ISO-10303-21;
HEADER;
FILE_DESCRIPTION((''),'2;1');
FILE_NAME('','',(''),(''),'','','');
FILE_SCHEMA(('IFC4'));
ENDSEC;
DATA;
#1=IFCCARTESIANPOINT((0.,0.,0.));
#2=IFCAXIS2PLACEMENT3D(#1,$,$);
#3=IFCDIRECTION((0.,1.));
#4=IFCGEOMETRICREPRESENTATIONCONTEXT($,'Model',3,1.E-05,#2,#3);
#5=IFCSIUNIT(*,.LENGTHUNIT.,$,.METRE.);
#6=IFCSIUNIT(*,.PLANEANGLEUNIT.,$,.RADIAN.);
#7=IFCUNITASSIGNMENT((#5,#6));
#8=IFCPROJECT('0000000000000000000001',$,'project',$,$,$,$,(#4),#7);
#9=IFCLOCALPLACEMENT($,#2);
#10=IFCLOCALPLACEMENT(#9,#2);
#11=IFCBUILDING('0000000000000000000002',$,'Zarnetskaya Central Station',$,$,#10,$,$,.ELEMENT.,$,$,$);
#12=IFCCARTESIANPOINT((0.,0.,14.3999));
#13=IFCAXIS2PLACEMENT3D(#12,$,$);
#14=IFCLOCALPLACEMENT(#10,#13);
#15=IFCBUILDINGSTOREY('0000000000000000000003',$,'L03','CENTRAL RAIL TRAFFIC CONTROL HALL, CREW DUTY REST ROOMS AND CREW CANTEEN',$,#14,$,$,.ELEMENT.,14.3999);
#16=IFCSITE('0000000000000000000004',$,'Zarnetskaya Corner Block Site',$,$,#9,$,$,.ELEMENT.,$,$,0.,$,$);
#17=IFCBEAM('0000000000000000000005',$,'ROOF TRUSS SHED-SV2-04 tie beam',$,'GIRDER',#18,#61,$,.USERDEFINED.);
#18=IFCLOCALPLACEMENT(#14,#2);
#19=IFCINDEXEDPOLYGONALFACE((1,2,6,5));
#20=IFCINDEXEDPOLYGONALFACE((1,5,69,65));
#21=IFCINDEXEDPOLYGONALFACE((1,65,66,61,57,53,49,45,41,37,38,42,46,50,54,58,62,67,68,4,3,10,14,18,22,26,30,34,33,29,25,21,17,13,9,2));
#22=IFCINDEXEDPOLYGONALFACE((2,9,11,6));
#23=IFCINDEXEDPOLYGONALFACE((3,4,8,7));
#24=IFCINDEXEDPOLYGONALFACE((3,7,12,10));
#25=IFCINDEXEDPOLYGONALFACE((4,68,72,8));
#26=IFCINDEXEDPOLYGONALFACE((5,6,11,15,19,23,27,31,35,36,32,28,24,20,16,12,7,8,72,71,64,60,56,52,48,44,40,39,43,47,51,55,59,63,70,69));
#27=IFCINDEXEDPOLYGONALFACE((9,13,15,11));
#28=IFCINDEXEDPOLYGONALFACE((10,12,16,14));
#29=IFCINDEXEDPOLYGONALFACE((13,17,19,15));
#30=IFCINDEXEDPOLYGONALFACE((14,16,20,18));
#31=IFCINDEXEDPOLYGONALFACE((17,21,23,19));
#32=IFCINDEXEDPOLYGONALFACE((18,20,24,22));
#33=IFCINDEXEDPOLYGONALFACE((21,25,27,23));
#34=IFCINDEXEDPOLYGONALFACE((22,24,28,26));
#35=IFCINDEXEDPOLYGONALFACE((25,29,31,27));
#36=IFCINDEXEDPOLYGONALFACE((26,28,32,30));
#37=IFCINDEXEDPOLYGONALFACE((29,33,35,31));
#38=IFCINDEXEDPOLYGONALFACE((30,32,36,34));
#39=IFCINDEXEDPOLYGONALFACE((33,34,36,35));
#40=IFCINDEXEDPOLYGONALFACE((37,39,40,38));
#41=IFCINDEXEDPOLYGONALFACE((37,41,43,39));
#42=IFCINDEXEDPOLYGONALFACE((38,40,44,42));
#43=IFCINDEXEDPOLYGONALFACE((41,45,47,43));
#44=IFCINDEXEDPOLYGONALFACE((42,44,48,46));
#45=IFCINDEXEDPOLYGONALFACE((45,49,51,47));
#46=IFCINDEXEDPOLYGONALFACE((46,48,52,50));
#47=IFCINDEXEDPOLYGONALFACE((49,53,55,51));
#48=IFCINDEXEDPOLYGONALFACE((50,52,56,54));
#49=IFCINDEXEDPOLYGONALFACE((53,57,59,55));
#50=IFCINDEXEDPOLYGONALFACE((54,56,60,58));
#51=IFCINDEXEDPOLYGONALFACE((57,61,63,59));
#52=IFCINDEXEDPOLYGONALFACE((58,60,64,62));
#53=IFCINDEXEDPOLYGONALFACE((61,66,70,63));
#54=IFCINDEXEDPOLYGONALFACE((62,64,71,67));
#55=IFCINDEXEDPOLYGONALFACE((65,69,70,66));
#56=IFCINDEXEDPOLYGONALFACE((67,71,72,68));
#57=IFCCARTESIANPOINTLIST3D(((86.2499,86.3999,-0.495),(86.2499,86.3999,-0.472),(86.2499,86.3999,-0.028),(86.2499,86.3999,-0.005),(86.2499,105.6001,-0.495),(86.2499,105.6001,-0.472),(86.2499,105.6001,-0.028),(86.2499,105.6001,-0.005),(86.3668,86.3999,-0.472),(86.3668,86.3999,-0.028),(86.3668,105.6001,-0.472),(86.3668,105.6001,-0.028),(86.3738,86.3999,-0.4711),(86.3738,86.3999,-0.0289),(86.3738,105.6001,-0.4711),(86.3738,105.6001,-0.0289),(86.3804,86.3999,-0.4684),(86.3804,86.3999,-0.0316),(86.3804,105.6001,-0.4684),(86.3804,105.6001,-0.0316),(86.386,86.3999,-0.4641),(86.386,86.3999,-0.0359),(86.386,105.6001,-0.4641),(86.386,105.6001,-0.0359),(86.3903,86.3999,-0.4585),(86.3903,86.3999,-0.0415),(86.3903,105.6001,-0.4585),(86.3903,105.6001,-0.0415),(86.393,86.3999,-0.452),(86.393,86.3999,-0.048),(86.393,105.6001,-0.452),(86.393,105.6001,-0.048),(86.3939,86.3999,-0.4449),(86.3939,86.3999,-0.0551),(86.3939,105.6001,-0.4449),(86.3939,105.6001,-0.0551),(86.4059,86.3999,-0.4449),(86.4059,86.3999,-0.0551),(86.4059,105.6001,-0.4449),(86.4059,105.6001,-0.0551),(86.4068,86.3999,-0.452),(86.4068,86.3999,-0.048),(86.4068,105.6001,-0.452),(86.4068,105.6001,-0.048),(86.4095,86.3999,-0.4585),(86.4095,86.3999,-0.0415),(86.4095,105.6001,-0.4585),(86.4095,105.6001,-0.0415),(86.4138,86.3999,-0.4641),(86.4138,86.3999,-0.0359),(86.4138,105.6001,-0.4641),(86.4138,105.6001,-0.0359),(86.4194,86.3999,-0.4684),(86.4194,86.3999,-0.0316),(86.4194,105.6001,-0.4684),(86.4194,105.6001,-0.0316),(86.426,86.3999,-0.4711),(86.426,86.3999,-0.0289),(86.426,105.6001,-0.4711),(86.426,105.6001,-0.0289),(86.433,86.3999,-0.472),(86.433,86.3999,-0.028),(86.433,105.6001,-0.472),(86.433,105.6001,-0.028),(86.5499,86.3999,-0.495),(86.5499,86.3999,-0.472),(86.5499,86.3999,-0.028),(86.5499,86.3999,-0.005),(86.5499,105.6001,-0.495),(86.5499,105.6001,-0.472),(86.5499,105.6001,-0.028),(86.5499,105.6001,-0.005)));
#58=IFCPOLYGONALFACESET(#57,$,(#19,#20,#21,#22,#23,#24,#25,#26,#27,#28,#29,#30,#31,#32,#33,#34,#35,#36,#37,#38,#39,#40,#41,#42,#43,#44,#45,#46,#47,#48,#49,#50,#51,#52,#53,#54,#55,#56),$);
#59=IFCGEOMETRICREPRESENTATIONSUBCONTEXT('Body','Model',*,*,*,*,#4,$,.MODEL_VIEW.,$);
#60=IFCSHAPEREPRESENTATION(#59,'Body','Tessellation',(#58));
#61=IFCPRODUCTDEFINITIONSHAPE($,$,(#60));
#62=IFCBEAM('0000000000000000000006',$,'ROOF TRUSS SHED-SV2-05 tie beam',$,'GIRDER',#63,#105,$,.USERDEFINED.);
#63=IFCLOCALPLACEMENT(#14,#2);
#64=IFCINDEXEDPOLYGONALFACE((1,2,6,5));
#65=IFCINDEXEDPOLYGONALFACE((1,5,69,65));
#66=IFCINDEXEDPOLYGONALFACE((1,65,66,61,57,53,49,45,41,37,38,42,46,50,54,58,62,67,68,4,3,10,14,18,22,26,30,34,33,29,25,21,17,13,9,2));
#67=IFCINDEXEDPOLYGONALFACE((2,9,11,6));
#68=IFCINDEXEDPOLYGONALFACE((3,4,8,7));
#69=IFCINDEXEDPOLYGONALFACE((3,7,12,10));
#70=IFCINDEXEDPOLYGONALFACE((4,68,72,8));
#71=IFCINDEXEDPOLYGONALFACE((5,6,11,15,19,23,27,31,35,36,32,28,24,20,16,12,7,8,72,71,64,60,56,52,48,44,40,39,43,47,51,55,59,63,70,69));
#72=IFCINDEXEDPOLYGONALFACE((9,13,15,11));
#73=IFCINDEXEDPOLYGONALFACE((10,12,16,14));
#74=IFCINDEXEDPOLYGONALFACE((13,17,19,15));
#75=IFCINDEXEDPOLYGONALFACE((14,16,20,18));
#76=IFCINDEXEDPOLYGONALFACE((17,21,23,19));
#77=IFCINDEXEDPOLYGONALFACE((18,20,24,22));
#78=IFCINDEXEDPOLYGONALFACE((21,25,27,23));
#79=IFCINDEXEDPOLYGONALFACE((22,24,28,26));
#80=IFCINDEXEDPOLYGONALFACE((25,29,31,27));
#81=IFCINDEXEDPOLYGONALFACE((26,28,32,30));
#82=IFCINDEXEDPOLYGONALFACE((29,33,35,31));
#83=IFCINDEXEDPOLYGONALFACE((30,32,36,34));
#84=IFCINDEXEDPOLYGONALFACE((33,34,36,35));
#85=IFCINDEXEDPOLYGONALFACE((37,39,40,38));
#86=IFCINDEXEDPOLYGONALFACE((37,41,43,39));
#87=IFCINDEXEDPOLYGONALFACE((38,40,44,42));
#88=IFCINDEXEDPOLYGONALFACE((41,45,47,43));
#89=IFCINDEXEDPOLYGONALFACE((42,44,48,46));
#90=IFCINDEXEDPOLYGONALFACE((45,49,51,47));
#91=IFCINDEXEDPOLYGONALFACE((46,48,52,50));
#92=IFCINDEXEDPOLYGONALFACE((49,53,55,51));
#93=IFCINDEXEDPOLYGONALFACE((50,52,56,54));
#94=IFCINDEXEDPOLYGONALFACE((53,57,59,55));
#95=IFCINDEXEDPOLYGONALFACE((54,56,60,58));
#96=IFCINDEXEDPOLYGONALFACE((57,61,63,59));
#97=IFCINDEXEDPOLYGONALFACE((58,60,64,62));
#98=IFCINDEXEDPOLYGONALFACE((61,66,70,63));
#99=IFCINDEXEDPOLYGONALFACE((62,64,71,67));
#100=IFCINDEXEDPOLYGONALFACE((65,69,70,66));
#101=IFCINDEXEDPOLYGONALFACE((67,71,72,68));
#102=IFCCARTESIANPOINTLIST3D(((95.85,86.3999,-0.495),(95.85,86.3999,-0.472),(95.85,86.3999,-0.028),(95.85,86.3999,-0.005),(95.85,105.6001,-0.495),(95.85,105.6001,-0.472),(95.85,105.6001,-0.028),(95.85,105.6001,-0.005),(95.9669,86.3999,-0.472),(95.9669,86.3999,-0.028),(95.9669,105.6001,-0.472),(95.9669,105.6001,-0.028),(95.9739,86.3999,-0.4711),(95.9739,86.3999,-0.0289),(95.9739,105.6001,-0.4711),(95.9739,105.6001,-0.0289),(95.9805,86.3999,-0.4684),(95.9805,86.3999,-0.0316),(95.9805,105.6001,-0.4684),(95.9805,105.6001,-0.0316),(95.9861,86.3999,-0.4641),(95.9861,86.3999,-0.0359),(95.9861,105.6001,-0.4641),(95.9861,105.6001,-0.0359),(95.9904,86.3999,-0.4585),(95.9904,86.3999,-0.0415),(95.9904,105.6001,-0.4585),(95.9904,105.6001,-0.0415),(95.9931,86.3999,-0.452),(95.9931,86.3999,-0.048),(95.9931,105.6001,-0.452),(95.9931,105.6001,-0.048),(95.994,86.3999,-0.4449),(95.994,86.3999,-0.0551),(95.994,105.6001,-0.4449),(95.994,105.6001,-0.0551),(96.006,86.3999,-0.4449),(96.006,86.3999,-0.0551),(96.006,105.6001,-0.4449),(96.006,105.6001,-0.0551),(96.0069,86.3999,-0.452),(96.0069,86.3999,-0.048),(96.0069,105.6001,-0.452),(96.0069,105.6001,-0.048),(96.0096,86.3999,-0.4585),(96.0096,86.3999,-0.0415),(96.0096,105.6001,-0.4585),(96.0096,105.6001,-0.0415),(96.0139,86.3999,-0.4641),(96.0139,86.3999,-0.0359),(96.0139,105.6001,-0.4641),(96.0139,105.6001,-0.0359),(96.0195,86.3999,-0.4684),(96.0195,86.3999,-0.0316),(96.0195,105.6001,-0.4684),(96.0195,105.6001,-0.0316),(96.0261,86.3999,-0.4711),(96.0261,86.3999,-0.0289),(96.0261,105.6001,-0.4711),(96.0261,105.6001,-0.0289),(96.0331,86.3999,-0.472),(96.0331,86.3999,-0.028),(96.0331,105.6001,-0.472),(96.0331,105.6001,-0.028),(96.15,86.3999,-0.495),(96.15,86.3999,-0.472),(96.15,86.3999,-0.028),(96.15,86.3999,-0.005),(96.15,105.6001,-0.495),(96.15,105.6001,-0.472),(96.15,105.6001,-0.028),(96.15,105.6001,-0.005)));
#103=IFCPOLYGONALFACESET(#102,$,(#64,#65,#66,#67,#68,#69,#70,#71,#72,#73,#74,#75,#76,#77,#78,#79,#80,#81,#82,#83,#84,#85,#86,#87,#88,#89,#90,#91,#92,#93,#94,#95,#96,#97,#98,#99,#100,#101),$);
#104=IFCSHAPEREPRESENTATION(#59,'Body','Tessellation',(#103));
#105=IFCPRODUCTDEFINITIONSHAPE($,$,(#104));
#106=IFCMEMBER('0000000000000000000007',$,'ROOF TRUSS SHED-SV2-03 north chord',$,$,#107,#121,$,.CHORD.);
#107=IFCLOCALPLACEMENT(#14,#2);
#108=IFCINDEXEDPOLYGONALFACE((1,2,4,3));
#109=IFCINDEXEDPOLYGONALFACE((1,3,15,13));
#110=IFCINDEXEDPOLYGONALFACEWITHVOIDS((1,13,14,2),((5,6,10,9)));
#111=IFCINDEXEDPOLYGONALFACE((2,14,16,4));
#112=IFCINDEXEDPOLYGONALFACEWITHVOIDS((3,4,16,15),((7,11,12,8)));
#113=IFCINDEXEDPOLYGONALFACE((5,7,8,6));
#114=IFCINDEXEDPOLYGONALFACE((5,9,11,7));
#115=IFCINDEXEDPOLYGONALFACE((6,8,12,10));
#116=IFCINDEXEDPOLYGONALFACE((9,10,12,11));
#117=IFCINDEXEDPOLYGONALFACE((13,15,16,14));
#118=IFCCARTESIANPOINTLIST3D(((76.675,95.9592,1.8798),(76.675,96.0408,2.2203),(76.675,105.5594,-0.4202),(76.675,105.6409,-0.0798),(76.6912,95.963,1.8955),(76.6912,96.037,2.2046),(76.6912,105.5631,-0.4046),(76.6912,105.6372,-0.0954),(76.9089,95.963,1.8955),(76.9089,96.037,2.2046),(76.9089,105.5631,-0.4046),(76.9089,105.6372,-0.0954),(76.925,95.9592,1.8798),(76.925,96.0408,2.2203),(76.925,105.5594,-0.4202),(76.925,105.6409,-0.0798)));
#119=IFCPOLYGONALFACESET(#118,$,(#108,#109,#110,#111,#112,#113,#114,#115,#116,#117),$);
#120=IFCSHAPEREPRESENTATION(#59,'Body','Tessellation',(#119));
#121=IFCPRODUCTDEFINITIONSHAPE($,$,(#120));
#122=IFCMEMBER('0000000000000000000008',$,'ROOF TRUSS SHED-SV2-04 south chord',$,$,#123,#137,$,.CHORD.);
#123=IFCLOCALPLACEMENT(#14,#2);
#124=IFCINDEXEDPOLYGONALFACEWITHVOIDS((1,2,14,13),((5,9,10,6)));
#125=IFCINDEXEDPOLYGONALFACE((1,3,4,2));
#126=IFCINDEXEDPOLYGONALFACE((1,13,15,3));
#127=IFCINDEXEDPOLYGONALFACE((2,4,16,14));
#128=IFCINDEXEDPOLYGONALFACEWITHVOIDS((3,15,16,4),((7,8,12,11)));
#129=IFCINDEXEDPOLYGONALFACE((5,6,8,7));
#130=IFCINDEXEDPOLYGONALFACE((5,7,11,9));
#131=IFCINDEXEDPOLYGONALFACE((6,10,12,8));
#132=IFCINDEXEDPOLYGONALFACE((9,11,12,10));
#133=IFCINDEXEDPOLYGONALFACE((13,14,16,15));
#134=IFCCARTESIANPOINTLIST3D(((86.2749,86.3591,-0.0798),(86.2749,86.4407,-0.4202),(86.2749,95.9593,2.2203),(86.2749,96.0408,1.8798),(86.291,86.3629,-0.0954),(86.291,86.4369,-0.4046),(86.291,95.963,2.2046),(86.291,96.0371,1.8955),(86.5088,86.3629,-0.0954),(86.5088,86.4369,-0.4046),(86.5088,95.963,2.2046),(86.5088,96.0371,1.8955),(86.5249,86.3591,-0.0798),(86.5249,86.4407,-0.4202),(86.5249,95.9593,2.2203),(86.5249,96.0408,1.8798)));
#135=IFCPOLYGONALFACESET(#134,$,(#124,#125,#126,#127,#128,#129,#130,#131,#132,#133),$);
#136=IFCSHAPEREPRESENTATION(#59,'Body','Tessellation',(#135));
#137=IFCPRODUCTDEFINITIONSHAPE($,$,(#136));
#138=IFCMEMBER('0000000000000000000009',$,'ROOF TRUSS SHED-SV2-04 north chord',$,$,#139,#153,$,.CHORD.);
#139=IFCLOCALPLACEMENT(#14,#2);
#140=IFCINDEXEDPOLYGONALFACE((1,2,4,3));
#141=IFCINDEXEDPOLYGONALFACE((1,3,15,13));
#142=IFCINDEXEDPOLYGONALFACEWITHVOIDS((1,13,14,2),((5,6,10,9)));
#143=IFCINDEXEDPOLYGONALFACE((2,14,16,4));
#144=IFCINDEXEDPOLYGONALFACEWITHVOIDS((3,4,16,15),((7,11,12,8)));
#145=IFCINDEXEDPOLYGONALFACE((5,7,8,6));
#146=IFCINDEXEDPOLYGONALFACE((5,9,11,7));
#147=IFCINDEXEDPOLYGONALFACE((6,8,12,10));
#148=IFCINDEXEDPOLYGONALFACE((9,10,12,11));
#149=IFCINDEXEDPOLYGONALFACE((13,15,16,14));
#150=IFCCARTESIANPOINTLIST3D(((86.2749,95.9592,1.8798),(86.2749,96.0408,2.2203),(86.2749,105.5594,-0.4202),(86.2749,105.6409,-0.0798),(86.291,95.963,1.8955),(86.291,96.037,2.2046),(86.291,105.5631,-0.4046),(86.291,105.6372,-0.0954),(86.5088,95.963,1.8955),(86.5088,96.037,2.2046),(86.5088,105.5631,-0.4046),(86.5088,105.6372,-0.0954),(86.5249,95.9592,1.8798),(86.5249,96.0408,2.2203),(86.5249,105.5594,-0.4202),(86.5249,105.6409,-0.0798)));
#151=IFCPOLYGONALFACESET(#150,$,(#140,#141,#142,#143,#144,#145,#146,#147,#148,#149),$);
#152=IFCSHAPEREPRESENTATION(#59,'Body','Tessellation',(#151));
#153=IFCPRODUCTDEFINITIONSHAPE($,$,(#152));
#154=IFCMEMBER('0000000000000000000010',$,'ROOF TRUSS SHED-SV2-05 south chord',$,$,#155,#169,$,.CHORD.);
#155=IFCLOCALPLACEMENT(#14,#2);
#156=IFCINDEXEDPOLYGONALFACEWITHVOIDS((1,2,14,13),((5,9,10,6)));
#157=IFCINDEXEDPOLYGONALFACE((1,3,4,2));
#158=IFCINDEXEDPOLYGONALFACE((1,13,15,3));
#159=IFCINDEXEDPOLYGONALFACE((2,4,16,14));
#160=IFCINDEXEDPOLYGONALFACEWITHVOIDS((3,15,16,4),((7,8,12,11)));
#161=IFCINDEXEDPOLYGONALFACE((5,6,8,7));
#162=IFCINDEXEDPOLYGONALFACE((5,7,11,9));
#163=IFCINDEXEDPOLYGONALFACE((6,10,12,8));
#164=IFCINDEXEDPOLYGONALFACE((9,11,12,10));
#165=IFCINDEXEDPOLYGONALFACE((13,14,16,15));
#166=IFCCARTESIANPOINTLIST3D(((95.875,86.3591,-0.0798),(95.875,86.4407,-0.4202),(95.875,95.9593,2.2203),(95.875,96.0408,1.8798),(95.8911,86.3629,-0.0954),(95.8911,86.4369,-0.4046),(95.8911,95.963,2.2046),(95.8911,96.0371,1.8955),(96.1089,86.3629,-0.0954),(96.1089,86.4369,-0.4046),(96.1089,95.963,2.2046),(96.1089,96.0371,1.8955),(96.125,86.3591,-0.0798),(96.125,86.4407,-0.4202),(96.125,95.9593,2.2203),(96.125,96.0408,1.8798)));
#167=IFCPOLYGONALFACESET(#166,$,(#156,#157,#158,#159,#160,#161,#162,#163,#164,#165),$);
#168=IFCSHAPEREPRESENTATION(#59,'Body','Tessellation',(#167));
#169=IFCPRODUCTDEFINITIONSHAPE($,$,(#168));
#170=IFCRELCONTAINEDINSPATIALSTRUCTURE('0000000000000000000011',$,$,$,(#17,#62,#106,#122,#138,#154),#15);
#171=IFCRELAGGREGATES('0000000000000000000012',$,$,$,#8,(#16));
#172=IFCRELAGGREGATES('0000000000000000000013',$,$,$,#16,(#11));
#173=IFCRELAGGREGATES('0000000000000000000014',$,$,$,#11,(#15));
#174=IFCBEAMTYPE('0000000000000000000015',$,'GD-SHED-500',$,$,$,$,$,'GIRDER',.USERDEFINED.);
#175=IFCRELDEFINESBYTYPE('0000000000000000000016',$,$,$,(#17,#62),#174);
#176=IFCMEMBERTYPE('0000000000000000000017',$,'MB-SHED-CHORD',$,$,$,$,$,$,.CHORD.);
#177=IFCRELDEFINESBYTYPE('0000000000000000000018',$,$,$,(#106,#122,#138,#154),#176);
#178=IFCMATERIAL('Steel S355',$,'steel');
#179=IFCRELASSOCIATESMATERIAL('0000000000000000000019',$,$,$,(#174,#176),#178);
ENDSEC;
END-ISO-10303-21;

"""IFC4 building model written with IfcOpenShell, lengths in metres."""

from ifc_helpers import new_model, si_unit, direction, frame, origin, origin_2d, place, context, subcontext, project, spatial, hollow_rectangle, i_section, extrude, material, material_profile, profile_set, type_object, element, save


model = new_model("IFC4")

# Units and contexts
model_context = context("Model", 3, precision=1e-05, world=origin(), true_north=direction((0.0, 1.0)))
body_context = subcontext(model_context, "Body", "Model", "MODEL_VIEW")
ifc_project = project(units=[si_unit("LENGTHUNIT", "METRE"), si_unit("PLANEANGLEUNIT", "RADIAN")], contexts=[model_context])

# Site, building, storey
site_placement = place(None, origin())
site = spatial("IfcSite", under=ifc_project, at=site_placement, Name="Zarnetskaya Corner Block Site", CompositionType="ELEMENT", RefElevation=0.0)
building_placement = place(site_placement, origin())
building = spatial("IfcBuilding", under=site, at=building_placement, Name="Zarnetskaya Central Station", CompositionType="ELEMENT")
storey_placement = place(building_placement, frame((0.0, 0.0, 14.3999)))
storey = spatial("IfcBuildingStorey", under=building, at=storey_placement, Name="L03", Description="CENTRAL RAIL TRAFFIC CONTROL HALL, CREW DUTY REST ROOMS AND CREW CANTEEN", CompositionType="ELEMENT", Elevation=14.3999)

# Beams
ifc_material_1 = material(Name="Steel S355", Category="steel")
ifc_material_profile_1 = material_profile(ifc_material_1, i_section(OverallWidth=0.3, OverallDepth=0.49, WebThickness=0.012, FlangeThickness=0.0229, FilletRadius=0.0271, at=origin_2d()), Name="HEA 500")
ifc_profile_set_1 = profile_set([ifc_material_profile_1], Name="Steel S355")
beam_type = type_object("IfcBeamType", Name="GD-SHED-500", ElementType="GIRDER", PredefinedType="USERDEFINED", material=ifc_profile_set_1)
for number, where, z_axis, x_axis, name in (
    (1, (86.3999, 86.3999, -0.25), (0.0, 1.0, 0.0), (-1.0, 0.0, 0.0), "ROOF TRUSS SHED-SV2-04 tie beam"),
    (2, (96.0, 86.3999, -0.25), (0.0, 1.0, 0.0), (-1.0, 0.0, 0.0), "ROOF TRUSS SHED-SV2-05 tie beam"),
):
    element("IfcBeam", number, at=place(storey_placement, frame(where, z_axis=z_axis, x_axis=x_axis)), inside=storey, type_object=beam_type, Name=name, ObjectType="GIRDER", PredefinedType="USERDEFINED", context=body_context, shape_type="SweptSolid", body=[
        extrude(i_section(OverallWidth=0.3, OverallDepth=0.49, WebThickness=0.012, FlangeThickness=0.0229, FilletRadius=0.0271, at=origin_2d()), origin(), (0.0, 0.0, 1.0), 19.2002),
    ])

# Members
ifc_material_profile_2 = material_profile(ifc_material_1, hollow_rectangle(XDim=0.25, YDim=0.3501, WallThickness=0.0161, at=origin_2d()), Name="RHS 350x250x16")
ifc_profile_set_2 = profile_set([ifc_material_profile_2], Name="Steel S355")
member_type_1 = type_object("IfcMemberType", Name="MB-SHED-CHORD", PredefinedType="CHORD", material=ifc_profile_set_2)
for number, where, z_axis, x_axis, name in (
    (3, (76.8, 96.0, 2.05), (0.0, 0.972479, -0.232992), (-1.0, 0.0, 0.0), "ROOF TRUSS SHED-SV2-03 north chord"),
    (4, (86.3999, 86.3999, -0.25), (0.0, 0.972479, 0.232992), (-1.0, 0.0, 0.0), "ROOF TRUSS SHED-SV2-04 south chord"),
    (5, (86.3999, 96.0, 2.05), (0.0, 0.972479, -0.232992), (-1.0, 0.0, 0.0), "ROOF TRUSS SHED-SV2-04 north chord"),
    (6, (96.0, 86.3999, -0.25), (0.0, 0.972479, 0.232992), (-1.0, 0.0, 0.0), "ROOF TRUSS SHED-SV2-05 south chord"),
):
    element("IfcMember", number, at=place(storey_placement, frame(where, z_axis=z_axis, x_axis=x_axis)), inside=storey, type_object=member_type_1, Name=name, PredefinedType="CHORD", context=body_context, shape_type="SweptSolid", body=[
        extrude(hollow_rectangle(XDim=0.25, YDim=0.3501, WallThickness=0.0161, at=origin_2d()), origin(), (0.0, 0.0, 1.0), 9.8718),
    ])

save(model, "model.ifc")
